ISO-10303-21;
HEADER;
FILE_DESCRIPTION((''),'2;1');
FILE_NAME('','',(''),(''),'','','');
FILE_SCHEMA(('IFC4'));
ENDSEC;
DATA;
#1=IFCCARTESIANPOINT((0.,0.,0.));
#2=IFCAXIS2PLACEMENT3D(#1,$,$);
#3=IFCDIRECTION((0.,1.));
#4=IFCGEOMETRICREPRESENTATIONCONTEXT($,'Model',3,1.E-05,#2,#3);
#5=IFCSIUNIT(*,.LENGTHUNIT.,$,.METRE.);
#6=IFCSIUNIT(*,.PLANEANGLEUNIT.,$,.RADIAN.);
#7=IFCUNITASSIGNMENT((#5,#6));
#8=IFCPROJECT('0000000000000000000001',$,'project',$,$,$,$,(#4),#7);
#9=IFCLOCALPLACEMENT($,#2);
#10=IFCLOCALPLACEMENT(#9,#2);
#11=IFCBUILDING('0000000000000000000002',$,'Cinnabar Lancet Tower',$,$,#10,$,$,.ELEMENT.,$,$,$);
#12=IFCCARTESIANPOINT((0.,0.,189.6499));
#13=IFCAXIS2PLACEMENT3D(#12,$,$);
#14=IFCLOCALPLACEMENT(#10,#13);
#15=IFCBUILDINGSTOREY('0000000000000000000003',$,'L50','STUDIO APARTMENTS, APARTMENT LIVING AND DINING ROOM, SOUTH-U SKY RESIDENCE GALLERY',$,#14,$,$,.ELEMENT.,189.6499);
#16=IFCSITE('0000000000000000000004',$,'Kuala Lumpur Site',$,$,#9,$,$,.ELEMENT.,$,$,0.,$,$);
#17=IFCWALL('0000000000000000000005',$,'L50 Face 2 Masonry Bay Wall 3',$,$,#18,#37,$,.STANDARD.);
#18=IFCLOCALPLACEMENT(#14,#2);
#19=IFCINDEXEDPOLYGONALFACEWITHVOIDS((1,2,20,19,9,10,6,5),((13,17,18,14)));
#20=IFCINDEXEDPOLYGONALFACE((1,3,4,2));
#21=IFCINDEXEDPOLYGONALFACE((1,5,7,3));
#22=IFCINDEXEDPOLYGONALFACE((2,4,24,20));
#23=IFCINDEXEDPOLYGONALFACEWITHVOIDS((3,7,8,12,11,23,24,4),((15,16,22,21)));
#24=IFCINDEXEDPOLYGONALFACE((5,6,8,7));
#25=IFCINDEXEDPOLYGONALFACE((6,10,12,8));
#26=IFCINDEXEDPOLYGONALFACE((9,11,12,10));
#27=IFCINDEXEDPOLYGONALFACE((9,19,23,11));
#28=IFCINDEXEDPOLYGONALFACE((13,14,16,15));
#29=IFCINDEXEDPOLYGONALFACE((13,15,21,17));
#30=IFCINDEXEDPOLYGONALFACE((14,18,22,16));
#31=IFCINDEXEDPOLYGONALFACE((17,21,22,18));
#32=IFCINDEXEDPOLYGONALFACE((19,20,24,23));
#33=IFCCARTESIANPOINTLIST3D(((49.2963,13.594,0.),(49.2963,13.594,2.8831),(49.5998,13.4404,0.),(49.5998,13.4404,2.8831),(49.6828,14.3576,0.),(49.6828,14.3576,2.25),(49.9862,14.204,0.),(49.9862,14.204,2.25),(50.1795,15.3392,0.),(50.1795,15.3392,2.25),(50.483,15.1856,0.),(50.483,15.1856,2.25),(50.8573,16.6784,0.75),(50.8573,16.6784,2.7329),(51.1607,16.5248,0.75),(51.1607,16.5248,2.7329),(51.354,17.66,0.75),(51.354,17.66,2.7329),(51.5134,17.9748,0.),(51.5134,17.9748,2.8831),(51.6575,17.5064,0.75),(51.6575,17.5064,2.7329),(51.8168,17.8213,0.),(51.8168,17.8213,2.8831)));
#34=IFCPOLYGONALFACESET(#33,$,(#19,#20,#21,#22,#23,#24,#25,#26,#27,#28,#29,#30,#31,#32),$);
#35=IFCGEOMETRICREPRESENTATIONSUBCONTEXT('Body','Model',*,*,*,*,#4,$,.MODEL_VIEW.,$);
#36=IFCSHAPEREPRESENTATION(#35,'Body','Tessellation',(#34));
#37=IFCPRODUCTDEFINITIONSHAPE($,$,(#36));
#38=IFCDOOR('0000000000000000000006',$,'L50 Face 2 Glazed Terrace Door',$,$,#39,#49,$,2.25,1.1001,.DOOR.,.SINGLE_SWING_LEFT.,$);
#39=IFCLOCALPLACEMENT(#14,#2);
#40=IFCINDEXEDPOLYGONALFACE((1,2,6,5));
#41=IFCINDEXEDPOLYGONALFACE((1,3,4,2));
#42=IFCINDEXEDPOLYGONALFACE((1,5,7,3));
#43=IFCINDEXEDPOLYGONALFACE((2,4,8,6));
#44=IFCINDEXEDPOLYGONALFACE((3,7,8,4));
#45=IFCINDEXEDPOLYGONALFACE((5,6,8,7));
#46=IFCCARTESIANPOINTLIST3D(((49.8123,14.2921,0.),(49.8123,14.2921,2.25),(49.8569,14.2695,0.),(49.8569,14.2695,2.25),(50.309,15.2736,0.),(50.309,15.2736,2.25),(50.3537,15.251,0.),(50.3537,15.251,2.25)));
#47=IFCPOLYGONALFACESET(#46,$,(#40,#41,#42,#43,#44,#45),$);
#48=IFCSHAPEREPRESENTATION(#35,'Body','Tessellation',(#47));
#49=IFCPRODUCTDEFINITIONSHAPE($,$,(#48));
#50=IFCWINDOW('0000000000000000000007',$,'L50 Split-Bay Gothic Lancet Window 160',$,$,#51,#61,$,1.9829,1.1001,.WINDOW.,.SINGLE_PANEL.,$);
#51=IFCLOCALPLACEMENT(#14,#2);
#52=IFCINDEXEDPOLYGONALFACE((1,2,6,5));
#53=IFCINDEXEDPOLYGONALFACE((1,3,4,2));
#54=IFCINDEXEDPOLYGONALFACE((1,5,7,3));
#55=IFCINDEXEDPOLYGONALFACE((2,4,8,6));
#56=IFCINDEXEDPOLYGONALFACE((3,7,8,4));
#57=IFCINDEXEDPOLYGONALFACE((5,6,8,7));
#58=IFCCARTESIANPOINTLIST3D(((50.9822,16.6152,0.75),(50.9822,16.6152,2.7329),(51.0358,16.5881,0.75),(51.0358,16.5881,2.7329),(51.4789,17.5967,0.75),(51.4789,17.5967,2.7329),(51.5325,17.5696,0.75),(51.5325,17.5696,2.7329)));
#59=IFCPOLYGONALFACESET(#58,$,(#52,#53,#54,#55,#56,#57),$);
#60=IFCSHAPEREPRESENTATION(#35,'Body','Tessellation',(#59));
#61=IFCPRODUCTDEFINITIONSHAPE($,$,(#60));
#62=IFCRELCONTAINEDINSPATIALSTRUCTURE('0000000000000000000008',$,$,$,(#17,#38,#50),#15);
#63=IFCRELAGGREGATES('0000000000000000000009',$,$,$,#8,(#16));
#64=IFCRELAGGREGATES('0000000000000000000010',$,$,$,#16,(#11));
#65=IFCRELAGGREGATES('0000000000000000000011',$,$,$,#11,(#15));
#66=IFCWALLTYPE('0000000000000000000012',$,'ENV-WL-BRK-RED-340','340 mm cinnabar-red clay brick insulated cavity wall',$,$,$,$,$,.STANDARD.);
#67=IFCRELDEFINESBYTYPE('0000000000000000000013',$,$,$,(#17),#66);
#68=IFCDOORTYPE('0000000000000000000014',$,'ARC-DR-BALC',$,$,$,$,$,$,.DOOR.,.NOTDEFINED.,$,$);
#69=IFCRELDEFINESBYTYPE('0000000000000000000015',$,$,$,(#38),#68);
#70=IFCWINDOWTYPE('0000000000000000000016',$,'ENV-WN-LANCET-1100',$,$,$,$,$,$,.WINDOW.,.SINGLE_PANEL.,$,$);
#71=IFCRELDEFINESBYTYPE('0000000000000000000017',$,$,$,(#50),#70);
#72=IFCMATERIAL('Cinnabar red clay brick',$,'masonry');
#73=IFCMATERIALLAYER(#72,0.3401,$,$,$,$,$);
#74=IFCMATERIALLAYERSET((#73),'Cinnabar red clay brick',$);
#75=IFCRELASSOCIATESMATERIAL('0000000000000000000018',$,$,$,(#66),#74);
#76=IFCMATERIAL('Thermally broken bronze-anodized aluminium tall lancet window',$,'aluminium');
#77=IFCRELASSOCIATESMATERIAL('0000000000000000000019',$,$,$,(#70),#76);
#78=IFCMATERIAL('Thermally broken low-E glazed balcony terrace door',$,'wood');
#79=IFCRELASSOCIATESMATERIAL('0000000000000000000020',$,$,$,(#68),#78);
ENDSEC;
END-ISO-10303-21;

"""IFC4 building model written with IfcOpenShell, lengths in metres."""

from ifc_helpers import new_model, si_unit, direction, frame, frame_2d, origin, place, context, subcontext, project, spatial, rectangle, extrude, material, layer, layer_set, type_object, element, fill, save


model = new_model("IFC4")

# Units and contexts
model_context = context("Model", 3, precision=1e-05, world=origin(), true_north=direction((0.0, 1.0)))
body_context = subcontext(model_context, "Body", "Model", "MODEL_VIEW")
ifc_project = project(units=[si_unit("LENGTHUNIT", "METRE"), si_unit("PLANEANGLEUNIT", "RADIAN")], contexts=[model_context])

# Site, building, storey
site_placement = place(None, origin())
site = spatial("IfcSite", under=ifc_project, at=site_placement, Name="Kuala Lumpur Site", CompositionType="ELEMENT", RefElevation=0.0)
building_placement = place(site_placement, origin())
building = spatial("IfcBuilding", under=site, at=building_placement, Name="Cinnabar Lancet Tower", CompositionType="ELEMENT")
storey_placement = place(building_placement, frame((0.0, 0.0, 189.6499)))
storey = spatial("IfcBuildingStorey", under=building, at=storey_placement, Name="L50", Description="STUDIO APARTMENTS, APARTMENT LIVING AND DINING ROOM, SOUTH-U SKY RESIDENCE GALLERY", CompositionType="ELEMENT", Elevation=189.6499)

# Shared definitions
ifc_material_1 = material(Name="Cinnabar red clay brick", Category="masonry")
ifc_layer_1 = layer(ifc_material_1, 0.3401)
ifc_layer_set_1 = layer_set([ifc_layer_1], Name="Cinnabar red clay brick")
wall_type_1 = type_object("IfcWallType", Name="ENV-WL-BRK-RED-340", Description="340 mm cinnabar-red clay brick insulated cavity wall", PredefinedType="STANDARD", material=ifc_layer_set_1)

# Shared definitions
ifc_material_2 = material(Name="Thermally broken bronze-anodized aluminium tall lancet window", Category="aluminium")
window_type = type_object("IfcWindowType", Name="ENV-WN-LANCET-1100", PartitioningType="SINGLE_PANEL", PredefinedType="WINDOW", material=ifc_material_2)

# Wall, openings, door, window
wall_1_placement = place(storey_placement, frame((49.448, 13.5171, 0.0), z_axis=(0.0, 0.0, 1.0), x_axis=(0.451544, 0.892249, 0.0)))
wall_1 = element("IfcWall", 1, at=wall_1_placement, inside=storey, type_object=wall_type_1, Name="L50 Face 2 Masonry Bay Wall 3", PredefinedType="STANDARD", context=body_context, shape_type="SweptSolid", body=[
    extrude(rectangle(XDim=4.9099, YDim=0.3401, at=frame_2d((2.4551, 0.0))), origin(), (0.0, 0.0, 1.0), 2.8831),
])
opening_1_placement = place(wall_1_placement, frame((0.856, 0.0, 0.0)))
opening_1 = element("IfcOpeningElement", 2, at=opening_1_placement, cuts=wall_1, PredefinedType="OPENING", context=body_context, shape_type="SweptSolid", body=[
    extrude(rectangle(XDim=1.1001, YDim=2.25, at=frame_2d((0.55, 1.125))), frame((0.0, 0.1799, 0.0), z_axis=(0.0, -1.0, 0.0), x_axis=(1.0, 0.0, 0.0)), (0.0, 0.0, 1.0), 0.3601),
])
opening_2_placement = place(wall_1_placement, frame((3.457, 0.0, 0.75)))
opening_2 = element("IfcOpeningElement", 3, at=opening_2_placement, cuts=wall_1, PredefinedType="OPENING", context=body_context, shape_type="SweptSolid", body=[
    extrude(rectangle(XDim=1.1001, YDim=1.9829, at=frame_2d((0.55, 0.9915))), frame((0.0, 0.1799, 0.0), z_axis=(0.0, -1.0, 0.0), x_axis=(1.0, 0.0, 0.0)), (0.0, 0.0, 1.0), 0.3601),
])
ifc_material_3 = material(Name="Thermally broken low-E glazed balcony terrace door", Category="wood")
door_type = type_object("IfcDoorType", Name="ARC-DR-BALC", OperationType="NOTDEFINED", PredefinedType="DOOR", material=ifc_material_3)
door_placement = place(opening_1_placement, origin())
door = element("IfcDoor", 4, at=door_placement, inside=storey, type_object=door_type, Name="L50 Face 2 Glazed Terrace Door", OperationType="SINGLE_SWING_LEFT", OverallHeight=2.25, OverallWidth=1.1001, PredefinedType="DOOR", context=body_context, shape_type="SweptSolid", body=[
    extrude(rectangle(XDim=1.1001, YDim=2.25, at=frame_2d((0.55, 1.125))), frame((0.0, 0.0249, 0.0), z_axis=(0.0, -1.0, 0.0), x_axis=(1.0, 0.0, 0.0)), (0.0, 0.0, 1.0), 0.05),
])
fill(opening_1, door)
window_1_placement = place(opening_2_placement, origin())
window_1 = element("IfcWindow", 5, at=window_1_placement, inside=storey, type_object=window_type, Name="L50 Split-Bay Gothic Lancet Window 160", OverallHeight=1.9829, OverallWidth=1.1001, PartitioningType="SINGLE_PANEL", PredefinedType="WINDOW", context=body_context, shape_type="SweptSolid", body=[
    extrude(rectangle(XDim=1.1001, YDim=1.9829, at=frame_2d((0.55, 0.9915))), frame((0.0, 0.03, 0.0), z_axis=(0.0, -1.0, 0.0), x_axis=(1.0, 0.0, 0.0)), (0.0, 0.0, 1.0), 0.0601),
])
fill(opening_2, window_1)

save(model, "model.ifc")
